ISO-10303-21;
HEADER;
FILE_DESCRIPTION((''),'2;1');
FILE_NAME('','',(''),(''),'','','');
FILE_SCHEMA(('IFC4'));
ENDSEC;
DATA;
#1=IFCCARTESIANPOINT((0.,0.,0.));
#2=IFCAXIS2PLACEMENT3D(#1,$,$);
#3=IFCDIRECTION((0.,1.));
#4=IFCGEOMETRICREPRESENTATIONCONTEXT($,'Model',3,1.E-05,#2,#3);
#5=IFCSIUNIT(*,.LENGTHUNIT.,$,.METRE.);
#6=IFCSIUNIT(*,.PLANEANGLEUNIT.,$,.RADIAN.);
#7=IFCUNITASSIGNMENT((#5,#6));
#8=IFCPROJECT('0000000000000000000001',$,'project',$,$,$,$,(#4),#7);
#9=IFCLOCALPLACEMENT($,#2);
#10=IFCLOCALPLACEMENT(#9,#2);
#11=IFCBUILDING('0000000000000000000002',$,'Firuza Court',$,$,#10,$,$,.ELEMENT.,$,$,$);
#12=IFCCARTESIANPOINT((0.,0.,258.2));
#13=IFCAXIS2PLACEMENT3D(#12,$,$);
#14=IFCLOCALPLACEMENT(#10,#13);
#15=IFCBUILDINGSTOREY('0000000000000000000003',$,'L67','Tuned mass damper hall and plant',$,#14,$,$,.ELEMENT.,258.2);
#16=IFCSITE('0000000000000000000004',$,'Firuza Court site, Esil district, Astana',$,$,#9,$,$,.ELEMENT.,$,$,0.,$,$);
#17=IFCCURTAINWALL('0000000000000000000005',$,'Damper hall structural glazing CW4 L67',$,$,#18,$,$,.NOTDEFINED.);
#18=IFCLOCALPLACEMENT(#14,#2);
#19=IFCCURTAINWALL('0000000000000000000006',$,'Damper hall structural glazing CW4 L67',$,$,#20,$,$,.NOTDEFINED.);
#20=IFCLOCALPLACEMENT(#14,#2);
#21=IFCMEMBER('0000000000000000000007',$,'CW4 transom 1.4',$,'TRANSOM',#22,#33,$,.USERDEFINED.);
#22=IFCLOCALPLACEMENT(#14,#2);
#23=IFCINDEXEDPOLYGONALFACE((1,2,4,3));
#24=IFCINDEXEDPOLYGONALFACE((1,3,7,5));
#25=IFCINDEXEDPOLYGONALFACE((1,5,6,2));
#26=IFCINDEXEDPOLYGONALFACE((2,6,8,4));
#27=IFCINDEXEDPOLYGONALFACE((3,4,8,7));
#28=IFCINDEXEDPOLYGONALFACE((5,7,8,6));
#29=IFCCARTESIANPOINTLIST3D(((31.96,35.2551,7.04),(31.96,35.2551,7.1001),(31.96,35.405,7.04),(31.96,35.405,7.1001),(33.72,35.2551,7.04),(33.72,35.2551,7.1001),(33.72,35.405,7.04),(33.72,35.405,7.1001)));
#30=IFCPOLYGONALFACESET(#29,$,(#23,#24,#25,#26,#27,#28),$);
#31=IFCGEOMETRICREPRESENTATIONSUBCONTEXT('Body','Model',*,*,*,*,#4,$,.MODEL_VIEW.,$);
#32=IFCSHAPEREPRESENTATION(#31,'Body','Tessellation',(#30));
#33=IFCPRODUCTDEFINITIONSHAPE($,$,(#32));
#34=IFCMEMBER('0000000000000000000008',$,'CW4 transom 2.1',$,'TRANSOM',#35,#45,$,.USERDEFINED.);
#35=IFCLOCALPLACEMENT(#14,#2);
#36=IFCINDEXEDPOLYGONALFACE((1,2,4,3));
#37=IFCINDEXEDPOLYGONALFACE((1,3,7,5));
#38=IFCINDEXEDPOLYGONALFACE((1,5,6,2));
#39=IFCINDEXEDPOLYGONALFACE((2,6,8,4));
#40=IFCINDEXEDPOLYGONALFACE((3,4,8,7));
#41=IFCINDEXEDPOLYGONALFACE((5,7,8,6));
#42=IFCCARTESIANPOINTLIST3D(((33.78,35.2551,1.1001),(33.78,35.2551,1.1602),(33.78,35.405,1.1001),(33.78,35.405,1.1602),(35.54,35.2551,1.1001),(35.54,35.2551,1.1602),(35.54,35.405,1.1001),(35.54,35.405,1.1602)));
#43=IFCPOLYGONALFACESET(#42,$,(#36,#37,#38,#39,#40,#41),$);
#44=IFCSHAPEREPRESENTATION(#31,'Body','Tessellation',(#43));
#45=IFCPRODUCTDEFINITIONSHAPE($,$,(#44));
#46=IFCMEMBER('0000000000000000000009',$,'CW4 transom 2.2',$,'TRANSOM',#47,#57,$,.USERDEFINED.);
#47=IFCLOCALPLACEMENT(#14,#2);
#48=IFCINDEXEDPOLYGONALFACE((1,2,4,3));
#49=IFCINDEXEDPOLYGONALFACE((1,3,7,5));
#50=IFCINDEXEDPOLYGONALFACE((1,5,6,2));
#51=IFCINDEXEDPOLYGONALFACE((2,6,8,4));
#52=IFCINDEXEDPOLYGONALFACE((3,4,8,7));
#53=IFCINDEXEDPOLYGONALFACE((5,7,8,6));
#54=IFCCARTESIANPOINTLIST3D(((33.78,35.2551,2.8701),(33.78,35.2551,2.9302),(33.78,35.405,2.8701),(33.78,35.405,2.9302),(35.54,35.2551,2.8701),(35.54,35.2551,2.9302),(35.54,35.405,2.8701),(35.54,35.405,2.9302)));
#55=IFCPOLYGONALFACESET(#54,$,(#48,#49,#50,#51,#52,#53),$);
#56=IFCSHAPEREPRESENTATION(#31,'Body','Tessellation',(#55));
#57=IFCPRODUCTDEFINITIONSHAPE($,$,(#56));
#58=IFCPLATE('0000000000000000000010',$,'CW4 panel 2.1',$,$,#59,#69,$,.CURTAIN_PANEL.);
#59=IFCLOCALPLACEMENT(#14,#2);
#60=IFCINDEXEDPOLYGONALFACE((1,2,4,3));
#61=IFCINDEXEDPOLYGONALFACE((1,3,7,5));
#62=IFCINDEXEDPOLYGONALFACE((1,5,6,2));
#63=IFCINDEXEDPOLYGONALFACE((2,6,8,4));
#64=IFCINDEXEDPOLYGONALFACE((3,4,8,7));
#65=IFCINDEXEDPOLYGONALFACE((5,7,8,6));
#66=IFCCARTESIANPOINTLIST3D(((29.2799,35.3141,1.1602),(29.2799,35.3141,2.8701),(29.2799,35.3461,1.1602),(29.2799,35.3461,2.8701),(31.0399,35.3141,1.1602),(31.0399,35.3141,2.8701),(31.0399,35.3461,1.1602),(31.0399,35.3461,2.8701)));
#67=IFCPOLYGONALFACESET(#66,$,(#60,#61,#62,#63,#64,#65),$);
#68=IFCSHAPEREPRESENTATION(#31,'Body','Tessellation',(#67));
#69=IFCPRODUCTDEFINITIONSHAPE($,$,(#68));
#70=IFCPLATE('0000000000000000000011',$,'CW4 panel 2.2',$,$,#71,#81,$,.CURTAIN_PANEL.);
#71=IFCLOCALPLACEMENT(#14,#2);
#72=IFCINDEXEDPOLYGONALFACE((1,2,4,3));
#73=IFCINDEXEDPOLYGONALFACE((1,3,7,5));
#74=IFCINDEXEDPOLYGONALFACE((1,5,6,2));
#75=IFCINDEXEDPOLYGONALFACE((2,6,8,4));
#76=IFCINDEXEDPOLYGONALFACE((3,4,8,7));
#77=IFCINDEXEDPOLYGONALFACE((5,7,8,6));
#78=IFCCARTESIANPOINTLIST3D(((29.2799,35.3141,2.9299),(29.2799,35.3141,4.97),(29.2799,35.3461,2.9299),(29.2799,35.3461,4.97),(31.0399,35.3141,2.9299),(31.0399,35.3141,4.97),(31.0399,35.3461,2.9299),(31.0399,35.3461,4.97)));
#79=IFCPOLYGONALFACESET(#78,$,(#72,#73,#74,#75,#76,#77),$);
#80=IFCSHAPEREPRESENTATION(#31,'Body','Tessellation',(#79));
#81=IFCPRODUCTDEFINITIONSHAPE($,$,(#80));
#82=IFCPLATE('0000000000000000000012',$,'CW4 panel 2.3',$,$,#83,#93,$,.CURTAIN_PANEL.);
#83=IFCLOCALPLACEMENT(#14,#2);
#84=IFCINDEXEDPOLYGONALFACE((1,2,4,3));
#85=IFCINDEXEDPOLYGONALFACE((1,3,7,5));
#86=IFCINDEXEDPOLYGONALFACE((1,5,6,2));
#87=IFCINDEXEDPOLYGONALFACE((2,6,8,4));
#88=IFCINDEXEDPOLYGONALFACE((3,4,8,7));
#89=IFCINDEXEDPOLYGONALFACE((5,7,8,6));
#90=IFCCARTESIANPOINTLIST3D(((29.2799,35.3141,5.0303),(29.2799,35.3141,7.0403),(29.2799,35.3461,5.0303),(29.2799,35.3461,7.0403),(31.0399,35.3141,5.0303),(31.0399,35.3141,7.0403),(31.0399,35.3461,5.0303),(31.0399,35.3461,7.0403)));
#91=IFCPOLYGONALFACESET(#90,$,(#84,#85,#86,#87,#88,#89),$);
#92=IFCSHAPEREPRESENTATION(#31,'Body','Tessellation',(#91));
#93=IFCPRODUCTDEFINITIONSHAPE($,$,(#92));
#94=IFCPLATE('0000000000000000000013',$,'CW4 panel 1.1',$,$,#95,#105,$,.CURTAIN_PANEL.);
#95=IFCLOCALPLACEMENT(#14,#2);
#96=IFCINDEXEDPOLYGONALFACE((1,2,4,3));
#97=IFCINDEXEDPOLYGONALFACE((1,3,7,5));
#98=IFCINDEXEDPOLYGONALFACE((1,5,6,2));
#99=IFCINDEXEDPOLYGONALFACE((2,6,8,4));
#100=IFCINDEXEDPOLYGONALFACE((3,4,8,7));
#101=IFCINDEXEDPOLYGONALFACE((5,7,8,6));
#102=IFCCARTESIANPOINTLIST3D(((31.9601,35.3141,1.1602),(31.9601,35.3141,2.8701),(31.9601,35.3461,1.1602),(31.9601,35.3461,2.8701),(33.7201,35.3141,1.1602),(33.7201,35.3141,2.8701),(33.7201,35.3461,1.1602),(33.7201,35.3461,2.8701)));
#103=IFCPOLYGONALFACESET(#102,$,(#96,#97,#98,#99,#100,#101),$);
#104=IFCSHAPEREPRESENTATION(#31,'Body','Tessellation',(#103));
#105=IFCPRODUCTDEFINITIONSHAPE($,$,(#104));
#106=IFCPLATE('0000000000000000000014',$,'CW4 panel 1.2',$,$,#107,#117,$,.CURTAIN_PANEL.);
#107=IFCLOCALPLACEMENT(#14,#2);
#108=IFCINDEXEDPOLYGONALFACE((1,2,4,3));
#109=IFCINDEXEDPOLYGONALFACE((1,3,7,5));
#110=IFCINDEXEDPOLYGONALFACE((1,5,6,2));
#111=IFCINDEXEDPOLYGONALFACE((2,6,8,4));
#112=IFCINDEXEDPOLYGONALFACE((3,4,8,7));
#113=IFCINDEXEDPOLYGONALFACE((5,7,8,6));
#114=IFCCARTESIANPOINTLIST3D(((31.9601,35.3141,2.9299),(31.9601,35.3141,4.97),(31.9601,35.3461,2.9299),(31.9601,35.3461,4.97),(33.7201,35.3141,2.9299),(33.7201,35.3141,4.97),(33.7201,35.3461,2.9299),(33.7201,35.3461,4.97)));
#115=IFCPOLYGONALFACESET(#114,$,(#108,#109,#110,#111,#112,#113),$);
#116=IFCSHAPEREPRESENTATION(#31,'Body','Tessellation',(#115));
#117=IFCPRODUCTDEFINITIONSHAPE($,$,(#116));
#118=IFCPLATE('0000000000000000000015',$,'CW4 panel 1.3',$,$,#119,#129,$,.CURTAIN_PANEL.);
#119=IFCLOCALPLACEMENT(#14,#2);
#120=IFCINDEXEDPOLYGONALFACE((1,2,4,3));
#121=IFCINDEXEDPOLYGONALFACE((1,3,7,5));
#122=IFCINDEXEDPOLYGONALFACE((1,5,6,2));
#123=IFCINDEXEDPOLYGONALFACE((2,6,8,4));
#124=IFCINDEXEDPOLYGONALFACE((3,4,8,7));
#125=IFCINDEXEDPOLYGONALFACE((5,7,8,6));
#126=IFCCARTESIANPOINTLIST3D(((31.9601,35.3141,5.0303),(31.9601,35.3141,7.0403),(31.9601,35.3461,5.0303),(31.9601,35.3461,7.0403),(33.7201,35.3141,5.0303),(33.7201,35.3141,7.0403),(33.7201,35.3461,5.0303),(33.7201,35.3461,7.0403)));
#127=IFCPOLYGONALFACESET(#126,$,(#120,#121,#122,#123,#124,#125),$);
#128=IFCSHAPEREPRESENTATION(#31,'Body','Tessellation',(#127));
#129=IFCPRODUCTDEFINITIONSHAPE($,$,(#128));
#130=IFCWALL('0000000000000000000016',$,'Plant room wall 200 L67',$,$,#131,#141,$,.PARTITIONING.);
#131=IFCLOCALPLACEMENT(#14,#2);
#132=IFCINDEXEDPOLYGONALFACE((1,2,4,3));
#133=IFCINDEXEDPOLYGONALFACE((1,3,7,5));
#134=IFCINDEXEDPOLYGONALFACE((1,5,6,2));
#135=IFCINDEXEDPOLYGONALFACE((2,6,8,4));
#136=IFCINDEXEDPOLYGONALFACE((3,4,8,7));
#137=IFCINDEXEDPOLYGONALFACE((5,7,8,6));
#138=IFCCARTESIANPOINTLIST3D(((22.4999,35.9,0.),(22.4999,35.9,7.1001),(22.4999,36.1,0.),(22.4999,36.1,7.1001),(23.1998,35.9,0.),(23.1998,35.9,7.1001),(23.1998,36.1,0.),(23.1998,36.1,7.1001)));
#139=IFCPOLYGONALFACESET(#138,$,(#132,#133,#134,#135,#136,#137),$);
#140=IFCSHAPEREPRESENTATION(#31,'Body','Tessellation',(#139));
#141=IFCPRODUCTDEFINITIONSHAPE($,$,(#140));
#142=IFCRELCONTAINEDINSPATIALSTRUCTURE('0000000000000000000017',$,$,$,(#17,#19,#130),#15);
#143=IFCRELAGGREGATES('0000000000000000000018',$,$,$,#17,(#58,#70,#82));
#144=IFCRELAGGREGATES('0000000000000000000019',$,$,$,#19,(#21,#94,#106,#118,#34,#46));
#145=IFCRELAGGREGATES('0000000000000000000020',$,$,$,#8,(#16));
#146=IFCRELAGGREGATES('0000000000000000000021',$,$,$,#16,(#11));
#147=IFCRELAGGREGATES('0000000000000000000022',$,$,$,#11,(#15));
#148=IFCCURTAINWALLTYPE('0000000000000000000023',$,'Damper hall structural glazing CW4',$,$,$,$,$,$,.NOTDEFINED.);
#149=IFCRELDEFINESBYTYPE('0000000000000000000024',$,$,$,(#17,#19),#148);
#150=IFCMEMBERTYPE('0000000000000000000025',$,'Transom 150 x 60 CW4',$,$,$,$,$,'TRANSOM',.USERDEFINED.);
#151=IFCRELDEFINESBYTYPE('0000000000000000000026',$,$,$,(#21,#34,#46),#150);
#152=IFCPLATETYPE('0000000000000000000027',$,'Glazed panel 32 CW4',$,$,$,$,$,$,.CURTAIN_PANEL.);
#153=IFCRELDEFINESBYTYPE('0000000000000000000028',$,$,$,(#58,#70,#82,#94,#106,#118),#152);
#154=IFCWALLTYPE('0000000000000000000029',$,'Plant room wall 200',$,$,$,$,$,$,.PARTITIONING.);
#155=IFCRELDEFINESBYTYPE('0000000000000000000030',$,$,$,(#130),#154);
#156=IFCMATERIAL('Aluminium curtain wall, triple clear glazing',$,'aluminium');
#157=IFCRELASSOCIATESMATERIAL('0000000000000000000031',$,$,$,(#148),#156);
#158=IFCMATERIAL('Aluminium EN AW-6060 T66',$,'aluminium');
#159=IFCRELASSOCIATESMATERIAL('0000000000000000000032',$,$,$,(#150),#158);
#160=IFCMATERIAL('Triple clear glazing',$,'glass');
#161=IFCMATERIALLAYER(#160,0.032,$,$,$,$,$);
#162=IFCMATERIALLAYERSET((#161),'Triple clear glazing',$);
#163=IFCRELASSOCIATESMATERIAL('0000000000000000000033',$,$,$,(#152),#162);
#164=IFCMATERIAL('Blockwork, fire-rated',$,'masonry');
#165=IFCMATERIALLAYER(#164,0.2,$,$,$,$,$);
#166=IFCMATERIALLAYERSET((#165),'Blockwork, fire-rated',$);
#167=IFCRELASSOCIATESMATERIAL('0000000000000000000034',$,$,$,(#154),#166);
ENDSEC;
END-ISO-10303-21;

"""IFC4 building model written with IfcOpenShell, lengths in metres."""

from ifc_helpers import new_model, si_unit, direction, frame, frame_2d, origin, origin_2d, place, context, subcontext, project, spatial, rectangle, extrude, material, layer, layer_set, material_profile, profile_set, type_object, element, aggregate, save


model = new_model("IFC4")

# Units and contexts
model_context = context("Model", 3, precision=1e-05, world=origin(), true_north=direction((0.0, 1.0)))
body_context = subcontext(model_context, "Body", "Model", "MODEL_VIEW")
ifc_project = project(units=[si_unit("LENGTHUNIT", "METRE"), si_unit("PLANEANGLEUNIT", "RADIAN")], contexts=[model_context])

# Site, building, storey
site_placement = place(None, origin())
site = spatial("IfcSite", under=ifc_project, at=site_placement, Name="Firuza Court site, Esil district, Astana", CompositionType="ELEMENT", RefElevation=0.0)
building_placement = place(site_placement, origin())
building = spatial("IfcBuilding", under=site, at=building_placement, Name="Firuza Court", CompositionType="ELEMENT")
storey_placement = place(building_placement, frame((0.0, 0.0, 258.2)))
storey = spatial("IfcBuildingStorey", under=building, at=storey_placement, Name="L67", Description="Tuned mass damper hall and plant", CompositionType="ELEMENT", Elevation=258.2)

# Curtain wall
ifc_material_1 = material(Name="Aluminium curtain wall, triple clear glazing", Category="aluminium")
curtain_wall_type = type_object("IfcCurtainWallType", Name="Damper hall structural glazing CW4", PredefinedType="NOTDEFINED", material=ifc_material_1)
curtain_wall_1_placement = place(storey_placement, origin())
curtain_wall_1 = element("IfcCurtainWall", 1, at=curtain_wall_1_placement, inside=storey, type_object=curtain_wall_type, Name="Damper hall structural glazing CW4 L67", PredefinedType="NOTDEFINED")

# Curtain wall
curtain_wall_2_placement = place(storey_placement, origin())
curtain_wall_2 = element("IfcCurtainWall", 2, at=curtain_wall_2_placement, inside=storey, type_object=curtain_wall_type, Name="Damper hall structural glazing CW4 L67", PredefinedType="NOTDEFINED")

# Members
ifc_material_2 = material(Name="Aluminium EN AW-6060 T66", Category="aluminium")
ifc_material_profile_1 = material_profile(ifc_material_2, rectangle(XDim=0.1499, YDim=0.0601, at=origin_2d()), Name="Transom 150 x 60 CW4")
ifc_profile_set_1 = profile_set([ifc_material_profile_1], Name="Aluminium EN AW-6060 T66")
member_type_1 = type_object("IfcMemberType", Name="Transom 150 x 60 CW4", ElementType="TRANSOM", PredefinedType="USERDEFINED", material=ifc_profile_set_1)
member_1_placement = place(storey_placement, frame((31.96, 35.3301, 7.0701), z_axis=(1.0, 0.0, 0.0), x_axis=(0.0, 1.0, 0.0)))
member_1 = element("IfcMember", 3, at=member_1_placement, type_object=member_type_1, Name="CW4 transom 1.4", ObjectType="TRANSOM", PredefinedType="USERDEFINED", context=body_context, shape_type="SweptSolid", body=[
    extrude(rectangle(XDim=0.1499, YDim=0.0601, at=origin_2d()), origin(), (0.0, 0.0, 1.0), 1.76),
])
member_2_placement = place(storey_placement, frame((33.78, 35.3301, 1.1301), z_axis=(1.0, 0.0, 0.0), x_axis=(0.0, 1.0, 0.0)))
member_2 = element("IfcMember", 4, at=member_2_placement, type_object=member_type_1, Name="CW4 transom 2.1", ObjectType="TRANSOM", PredefinedType="USERDEFINED", context=body_context, shape_type="SweptSolid", body=[
    extrude(rectangle(XDim=0.1499, YDim=0.0601, at=origin_2d()), origin(), (0.0, 0.0, 1.0), 1.76),
])
member_3_placement = place(storey_placement, frame((33.78, 35.3301, 2.9001), z_axis=(1.0, 0.0, 0.0), x_axis=(0.0, 1.0, 0.0)))
member_3 = element("IfcMember", 5, at=member_3_placement, type_object=member_type_1, Name="CW4 transom 2.2", ObjectType="TRANSOM", PredefinedType="USERDEFINED", context=body_context, shape_type="SweptSolid", body=[
    extrude(rectangle(XDim=0.1499, YDim=0.0601, at=origin_2d()), origin(), (0.0, 0.0, 1.0), 1.76),
])

# Plates
ifc_material_3 = material(Name="Triple clear glazing", Category="glass")
ifc_layer_1 = layer(ifc_material_3, 0.032)
ifc_layer_set_1 = layer_set([ifc_layer_1], Name="Triple clear glazing")
plate_type = type_object("IfcPlateType", Name="Glazed panel 32 CW4", PredefinedType="CURTAIN_PANEL", material=ifc_layer_set_1)
plate_1_placement = place(storey_placement, frame((30.1599, 35.3301, 1.1602), z_axis=(0.0, 0.0, 1.0), x_axis=(1.0, 0.0, 0.0)))
plate_1 = element("IfcPlate", 6, at=plate_1_placement, type_object=plate_type, Name="CW4 panel 2.1", PredefinedType="CURTAIN_PANEL", context=body_context, shape_type="SweptSolid", body=[
    extrude(rectangle(XDim=1.76, YDim=0.032, at=origin_2d()), origin(), (0.0, 0.0, 1.0), 1.71),
])
plate_2_placement = place(storey_placement, frame((30.1599, 35.3301, 2.9299), z_axis=(0.0, 0.0, 1.0), x_axis=(1.0, 0.0, 0.0)))
plate_2 = element("IfcPlate", 7, at=plate_2_placement, type_object=plate_type, Name="CW4 panel 2.2", PredefinedType="CURTAIN_PANEL", context=body_context, shape_type="SweptSolid", body=[
    extrude(rectangle(XDim=1.76, YDim=0.032, at=origin_2d()), origin(), (0.0, 0.0, 1.0), 2.04),
])
plate_3_placement = place(storey_placement, frame((30.1599, 35.3301, 5.0303), z_axis=(0.0, 0.0, 1.0), x_axis=(1.0, 0.0, 0.0)))
plate_3 = element("IfcPlate", 8, at=plate_3_placement, type_object=plate_type, Name="CW4 panel 2.3", PredefinedType="CURTAIN_PANEL", context=body_context, shape_type="SweptSolid", body=[
    extrude(rectangle(XDim=1.76, YDim=0.032, at=origin_2d()), origin(), (0.0, 0.0, 1.0), 2.01),
])
aggregate(curtain_wall_1, [plate_1, plate_2, plate_3])
plate_4_placement = place(storey_placement, frame((32.8401, 35.3301, 1.1602), z_axis=(0.0, 0.0, 1.0), x_axis=(1.0, 0.0, 0.0)))
plate_4 = element("IfcPlate", 9, at=plate_4_placement, type_object=plate_type, Name="CW4 panel 1.1", PredefinedType="CURTAIN_PANEL", context=body_context, shape_type="SweptSolid", body=[
    extrude(rectangle(XDim=1.76, YDim=0.032, at=origin_2d()), origin(), (0.0, 0.0, 1.0), 1.71),
])
plate_5_placement = place(storey_placement, frame((32.8401, 35.3301, 2.9299), z_axis=(0.0, 0.0, 1.0), x_axis=(1.0, 0.0, 0.0)))
plate_5 = element("IfcPlate", 10, at=plate_5_placement, type_object=plate_type, Name="CW4 panel 1.2", PredefinedType="CURTAIN_PANEL", context=body_context, shape_type="SweptSolid", body=[
    extrude(rectangle(XDim=1.76, YDim=0.032, at=origin_2d()), origin(), (0.0, 0.0, 1.0), 2.04),
])
plate_6_placement = place(storey_placement, frame((32.8401, 35.3301, 5.0303), z_axis=(0.0, 0.0, 1.0), x_axis=(1.0, 0.0, 0.0)))
plate_6 = element("IfcPlate", 11, at=plate_6_placement, type_object=plate_type, Name="CW4 panel 1.3", PredefinedType="CURTAIN_PANEL", context=body_context, shape_type="SweptSolid", body=[
    extrude(rectangle(XDim=1.76, YDim=0.032, at=origin_2d()), origin(), (0.0, 0.0, 1.0), 2.01),
])
aggregate(curtain_wall_2, [member_1, plate_4, plate_5, plate_6, member_2, member_3])

# Wall
ifc_material_4 = material(Name="Blockwork, fire-rated", Category="masonry")
ifc_layer_2 = layer(ifc_material_4, 0.2)
ifc_layer_set_2 = layer_set([ifc_layer_2], Name="Blockwork, fire-rated")
wall_type = type_object("IfcWallType", Name="Plant room wall 200", PredefinedType="PARTITIONING", material=ifc_layer_set_2)
wall_placement = place(storey_placement, frame((23.2, 36.0, 0.0), z_axis=(0.0, 0.0, 1.0), x_axis=(-1.0, 0.0, 0.0)))
element("IfcWall", 12, at=wall_placement, inside=storey, type_object=wall_type, Name="Plant room wall 200 L67", PredefinedType="PARTITIONING", context=body_context, shape_type="SweptSolid", body=[
    extrude(rectangle(XDim=0.7, YDim=0.2, at=frame_2d((0.3501, 0.0))), origin(), (0.0, 0.0, 1.0), 7.1001),
])

save(model, "model.ifc")
